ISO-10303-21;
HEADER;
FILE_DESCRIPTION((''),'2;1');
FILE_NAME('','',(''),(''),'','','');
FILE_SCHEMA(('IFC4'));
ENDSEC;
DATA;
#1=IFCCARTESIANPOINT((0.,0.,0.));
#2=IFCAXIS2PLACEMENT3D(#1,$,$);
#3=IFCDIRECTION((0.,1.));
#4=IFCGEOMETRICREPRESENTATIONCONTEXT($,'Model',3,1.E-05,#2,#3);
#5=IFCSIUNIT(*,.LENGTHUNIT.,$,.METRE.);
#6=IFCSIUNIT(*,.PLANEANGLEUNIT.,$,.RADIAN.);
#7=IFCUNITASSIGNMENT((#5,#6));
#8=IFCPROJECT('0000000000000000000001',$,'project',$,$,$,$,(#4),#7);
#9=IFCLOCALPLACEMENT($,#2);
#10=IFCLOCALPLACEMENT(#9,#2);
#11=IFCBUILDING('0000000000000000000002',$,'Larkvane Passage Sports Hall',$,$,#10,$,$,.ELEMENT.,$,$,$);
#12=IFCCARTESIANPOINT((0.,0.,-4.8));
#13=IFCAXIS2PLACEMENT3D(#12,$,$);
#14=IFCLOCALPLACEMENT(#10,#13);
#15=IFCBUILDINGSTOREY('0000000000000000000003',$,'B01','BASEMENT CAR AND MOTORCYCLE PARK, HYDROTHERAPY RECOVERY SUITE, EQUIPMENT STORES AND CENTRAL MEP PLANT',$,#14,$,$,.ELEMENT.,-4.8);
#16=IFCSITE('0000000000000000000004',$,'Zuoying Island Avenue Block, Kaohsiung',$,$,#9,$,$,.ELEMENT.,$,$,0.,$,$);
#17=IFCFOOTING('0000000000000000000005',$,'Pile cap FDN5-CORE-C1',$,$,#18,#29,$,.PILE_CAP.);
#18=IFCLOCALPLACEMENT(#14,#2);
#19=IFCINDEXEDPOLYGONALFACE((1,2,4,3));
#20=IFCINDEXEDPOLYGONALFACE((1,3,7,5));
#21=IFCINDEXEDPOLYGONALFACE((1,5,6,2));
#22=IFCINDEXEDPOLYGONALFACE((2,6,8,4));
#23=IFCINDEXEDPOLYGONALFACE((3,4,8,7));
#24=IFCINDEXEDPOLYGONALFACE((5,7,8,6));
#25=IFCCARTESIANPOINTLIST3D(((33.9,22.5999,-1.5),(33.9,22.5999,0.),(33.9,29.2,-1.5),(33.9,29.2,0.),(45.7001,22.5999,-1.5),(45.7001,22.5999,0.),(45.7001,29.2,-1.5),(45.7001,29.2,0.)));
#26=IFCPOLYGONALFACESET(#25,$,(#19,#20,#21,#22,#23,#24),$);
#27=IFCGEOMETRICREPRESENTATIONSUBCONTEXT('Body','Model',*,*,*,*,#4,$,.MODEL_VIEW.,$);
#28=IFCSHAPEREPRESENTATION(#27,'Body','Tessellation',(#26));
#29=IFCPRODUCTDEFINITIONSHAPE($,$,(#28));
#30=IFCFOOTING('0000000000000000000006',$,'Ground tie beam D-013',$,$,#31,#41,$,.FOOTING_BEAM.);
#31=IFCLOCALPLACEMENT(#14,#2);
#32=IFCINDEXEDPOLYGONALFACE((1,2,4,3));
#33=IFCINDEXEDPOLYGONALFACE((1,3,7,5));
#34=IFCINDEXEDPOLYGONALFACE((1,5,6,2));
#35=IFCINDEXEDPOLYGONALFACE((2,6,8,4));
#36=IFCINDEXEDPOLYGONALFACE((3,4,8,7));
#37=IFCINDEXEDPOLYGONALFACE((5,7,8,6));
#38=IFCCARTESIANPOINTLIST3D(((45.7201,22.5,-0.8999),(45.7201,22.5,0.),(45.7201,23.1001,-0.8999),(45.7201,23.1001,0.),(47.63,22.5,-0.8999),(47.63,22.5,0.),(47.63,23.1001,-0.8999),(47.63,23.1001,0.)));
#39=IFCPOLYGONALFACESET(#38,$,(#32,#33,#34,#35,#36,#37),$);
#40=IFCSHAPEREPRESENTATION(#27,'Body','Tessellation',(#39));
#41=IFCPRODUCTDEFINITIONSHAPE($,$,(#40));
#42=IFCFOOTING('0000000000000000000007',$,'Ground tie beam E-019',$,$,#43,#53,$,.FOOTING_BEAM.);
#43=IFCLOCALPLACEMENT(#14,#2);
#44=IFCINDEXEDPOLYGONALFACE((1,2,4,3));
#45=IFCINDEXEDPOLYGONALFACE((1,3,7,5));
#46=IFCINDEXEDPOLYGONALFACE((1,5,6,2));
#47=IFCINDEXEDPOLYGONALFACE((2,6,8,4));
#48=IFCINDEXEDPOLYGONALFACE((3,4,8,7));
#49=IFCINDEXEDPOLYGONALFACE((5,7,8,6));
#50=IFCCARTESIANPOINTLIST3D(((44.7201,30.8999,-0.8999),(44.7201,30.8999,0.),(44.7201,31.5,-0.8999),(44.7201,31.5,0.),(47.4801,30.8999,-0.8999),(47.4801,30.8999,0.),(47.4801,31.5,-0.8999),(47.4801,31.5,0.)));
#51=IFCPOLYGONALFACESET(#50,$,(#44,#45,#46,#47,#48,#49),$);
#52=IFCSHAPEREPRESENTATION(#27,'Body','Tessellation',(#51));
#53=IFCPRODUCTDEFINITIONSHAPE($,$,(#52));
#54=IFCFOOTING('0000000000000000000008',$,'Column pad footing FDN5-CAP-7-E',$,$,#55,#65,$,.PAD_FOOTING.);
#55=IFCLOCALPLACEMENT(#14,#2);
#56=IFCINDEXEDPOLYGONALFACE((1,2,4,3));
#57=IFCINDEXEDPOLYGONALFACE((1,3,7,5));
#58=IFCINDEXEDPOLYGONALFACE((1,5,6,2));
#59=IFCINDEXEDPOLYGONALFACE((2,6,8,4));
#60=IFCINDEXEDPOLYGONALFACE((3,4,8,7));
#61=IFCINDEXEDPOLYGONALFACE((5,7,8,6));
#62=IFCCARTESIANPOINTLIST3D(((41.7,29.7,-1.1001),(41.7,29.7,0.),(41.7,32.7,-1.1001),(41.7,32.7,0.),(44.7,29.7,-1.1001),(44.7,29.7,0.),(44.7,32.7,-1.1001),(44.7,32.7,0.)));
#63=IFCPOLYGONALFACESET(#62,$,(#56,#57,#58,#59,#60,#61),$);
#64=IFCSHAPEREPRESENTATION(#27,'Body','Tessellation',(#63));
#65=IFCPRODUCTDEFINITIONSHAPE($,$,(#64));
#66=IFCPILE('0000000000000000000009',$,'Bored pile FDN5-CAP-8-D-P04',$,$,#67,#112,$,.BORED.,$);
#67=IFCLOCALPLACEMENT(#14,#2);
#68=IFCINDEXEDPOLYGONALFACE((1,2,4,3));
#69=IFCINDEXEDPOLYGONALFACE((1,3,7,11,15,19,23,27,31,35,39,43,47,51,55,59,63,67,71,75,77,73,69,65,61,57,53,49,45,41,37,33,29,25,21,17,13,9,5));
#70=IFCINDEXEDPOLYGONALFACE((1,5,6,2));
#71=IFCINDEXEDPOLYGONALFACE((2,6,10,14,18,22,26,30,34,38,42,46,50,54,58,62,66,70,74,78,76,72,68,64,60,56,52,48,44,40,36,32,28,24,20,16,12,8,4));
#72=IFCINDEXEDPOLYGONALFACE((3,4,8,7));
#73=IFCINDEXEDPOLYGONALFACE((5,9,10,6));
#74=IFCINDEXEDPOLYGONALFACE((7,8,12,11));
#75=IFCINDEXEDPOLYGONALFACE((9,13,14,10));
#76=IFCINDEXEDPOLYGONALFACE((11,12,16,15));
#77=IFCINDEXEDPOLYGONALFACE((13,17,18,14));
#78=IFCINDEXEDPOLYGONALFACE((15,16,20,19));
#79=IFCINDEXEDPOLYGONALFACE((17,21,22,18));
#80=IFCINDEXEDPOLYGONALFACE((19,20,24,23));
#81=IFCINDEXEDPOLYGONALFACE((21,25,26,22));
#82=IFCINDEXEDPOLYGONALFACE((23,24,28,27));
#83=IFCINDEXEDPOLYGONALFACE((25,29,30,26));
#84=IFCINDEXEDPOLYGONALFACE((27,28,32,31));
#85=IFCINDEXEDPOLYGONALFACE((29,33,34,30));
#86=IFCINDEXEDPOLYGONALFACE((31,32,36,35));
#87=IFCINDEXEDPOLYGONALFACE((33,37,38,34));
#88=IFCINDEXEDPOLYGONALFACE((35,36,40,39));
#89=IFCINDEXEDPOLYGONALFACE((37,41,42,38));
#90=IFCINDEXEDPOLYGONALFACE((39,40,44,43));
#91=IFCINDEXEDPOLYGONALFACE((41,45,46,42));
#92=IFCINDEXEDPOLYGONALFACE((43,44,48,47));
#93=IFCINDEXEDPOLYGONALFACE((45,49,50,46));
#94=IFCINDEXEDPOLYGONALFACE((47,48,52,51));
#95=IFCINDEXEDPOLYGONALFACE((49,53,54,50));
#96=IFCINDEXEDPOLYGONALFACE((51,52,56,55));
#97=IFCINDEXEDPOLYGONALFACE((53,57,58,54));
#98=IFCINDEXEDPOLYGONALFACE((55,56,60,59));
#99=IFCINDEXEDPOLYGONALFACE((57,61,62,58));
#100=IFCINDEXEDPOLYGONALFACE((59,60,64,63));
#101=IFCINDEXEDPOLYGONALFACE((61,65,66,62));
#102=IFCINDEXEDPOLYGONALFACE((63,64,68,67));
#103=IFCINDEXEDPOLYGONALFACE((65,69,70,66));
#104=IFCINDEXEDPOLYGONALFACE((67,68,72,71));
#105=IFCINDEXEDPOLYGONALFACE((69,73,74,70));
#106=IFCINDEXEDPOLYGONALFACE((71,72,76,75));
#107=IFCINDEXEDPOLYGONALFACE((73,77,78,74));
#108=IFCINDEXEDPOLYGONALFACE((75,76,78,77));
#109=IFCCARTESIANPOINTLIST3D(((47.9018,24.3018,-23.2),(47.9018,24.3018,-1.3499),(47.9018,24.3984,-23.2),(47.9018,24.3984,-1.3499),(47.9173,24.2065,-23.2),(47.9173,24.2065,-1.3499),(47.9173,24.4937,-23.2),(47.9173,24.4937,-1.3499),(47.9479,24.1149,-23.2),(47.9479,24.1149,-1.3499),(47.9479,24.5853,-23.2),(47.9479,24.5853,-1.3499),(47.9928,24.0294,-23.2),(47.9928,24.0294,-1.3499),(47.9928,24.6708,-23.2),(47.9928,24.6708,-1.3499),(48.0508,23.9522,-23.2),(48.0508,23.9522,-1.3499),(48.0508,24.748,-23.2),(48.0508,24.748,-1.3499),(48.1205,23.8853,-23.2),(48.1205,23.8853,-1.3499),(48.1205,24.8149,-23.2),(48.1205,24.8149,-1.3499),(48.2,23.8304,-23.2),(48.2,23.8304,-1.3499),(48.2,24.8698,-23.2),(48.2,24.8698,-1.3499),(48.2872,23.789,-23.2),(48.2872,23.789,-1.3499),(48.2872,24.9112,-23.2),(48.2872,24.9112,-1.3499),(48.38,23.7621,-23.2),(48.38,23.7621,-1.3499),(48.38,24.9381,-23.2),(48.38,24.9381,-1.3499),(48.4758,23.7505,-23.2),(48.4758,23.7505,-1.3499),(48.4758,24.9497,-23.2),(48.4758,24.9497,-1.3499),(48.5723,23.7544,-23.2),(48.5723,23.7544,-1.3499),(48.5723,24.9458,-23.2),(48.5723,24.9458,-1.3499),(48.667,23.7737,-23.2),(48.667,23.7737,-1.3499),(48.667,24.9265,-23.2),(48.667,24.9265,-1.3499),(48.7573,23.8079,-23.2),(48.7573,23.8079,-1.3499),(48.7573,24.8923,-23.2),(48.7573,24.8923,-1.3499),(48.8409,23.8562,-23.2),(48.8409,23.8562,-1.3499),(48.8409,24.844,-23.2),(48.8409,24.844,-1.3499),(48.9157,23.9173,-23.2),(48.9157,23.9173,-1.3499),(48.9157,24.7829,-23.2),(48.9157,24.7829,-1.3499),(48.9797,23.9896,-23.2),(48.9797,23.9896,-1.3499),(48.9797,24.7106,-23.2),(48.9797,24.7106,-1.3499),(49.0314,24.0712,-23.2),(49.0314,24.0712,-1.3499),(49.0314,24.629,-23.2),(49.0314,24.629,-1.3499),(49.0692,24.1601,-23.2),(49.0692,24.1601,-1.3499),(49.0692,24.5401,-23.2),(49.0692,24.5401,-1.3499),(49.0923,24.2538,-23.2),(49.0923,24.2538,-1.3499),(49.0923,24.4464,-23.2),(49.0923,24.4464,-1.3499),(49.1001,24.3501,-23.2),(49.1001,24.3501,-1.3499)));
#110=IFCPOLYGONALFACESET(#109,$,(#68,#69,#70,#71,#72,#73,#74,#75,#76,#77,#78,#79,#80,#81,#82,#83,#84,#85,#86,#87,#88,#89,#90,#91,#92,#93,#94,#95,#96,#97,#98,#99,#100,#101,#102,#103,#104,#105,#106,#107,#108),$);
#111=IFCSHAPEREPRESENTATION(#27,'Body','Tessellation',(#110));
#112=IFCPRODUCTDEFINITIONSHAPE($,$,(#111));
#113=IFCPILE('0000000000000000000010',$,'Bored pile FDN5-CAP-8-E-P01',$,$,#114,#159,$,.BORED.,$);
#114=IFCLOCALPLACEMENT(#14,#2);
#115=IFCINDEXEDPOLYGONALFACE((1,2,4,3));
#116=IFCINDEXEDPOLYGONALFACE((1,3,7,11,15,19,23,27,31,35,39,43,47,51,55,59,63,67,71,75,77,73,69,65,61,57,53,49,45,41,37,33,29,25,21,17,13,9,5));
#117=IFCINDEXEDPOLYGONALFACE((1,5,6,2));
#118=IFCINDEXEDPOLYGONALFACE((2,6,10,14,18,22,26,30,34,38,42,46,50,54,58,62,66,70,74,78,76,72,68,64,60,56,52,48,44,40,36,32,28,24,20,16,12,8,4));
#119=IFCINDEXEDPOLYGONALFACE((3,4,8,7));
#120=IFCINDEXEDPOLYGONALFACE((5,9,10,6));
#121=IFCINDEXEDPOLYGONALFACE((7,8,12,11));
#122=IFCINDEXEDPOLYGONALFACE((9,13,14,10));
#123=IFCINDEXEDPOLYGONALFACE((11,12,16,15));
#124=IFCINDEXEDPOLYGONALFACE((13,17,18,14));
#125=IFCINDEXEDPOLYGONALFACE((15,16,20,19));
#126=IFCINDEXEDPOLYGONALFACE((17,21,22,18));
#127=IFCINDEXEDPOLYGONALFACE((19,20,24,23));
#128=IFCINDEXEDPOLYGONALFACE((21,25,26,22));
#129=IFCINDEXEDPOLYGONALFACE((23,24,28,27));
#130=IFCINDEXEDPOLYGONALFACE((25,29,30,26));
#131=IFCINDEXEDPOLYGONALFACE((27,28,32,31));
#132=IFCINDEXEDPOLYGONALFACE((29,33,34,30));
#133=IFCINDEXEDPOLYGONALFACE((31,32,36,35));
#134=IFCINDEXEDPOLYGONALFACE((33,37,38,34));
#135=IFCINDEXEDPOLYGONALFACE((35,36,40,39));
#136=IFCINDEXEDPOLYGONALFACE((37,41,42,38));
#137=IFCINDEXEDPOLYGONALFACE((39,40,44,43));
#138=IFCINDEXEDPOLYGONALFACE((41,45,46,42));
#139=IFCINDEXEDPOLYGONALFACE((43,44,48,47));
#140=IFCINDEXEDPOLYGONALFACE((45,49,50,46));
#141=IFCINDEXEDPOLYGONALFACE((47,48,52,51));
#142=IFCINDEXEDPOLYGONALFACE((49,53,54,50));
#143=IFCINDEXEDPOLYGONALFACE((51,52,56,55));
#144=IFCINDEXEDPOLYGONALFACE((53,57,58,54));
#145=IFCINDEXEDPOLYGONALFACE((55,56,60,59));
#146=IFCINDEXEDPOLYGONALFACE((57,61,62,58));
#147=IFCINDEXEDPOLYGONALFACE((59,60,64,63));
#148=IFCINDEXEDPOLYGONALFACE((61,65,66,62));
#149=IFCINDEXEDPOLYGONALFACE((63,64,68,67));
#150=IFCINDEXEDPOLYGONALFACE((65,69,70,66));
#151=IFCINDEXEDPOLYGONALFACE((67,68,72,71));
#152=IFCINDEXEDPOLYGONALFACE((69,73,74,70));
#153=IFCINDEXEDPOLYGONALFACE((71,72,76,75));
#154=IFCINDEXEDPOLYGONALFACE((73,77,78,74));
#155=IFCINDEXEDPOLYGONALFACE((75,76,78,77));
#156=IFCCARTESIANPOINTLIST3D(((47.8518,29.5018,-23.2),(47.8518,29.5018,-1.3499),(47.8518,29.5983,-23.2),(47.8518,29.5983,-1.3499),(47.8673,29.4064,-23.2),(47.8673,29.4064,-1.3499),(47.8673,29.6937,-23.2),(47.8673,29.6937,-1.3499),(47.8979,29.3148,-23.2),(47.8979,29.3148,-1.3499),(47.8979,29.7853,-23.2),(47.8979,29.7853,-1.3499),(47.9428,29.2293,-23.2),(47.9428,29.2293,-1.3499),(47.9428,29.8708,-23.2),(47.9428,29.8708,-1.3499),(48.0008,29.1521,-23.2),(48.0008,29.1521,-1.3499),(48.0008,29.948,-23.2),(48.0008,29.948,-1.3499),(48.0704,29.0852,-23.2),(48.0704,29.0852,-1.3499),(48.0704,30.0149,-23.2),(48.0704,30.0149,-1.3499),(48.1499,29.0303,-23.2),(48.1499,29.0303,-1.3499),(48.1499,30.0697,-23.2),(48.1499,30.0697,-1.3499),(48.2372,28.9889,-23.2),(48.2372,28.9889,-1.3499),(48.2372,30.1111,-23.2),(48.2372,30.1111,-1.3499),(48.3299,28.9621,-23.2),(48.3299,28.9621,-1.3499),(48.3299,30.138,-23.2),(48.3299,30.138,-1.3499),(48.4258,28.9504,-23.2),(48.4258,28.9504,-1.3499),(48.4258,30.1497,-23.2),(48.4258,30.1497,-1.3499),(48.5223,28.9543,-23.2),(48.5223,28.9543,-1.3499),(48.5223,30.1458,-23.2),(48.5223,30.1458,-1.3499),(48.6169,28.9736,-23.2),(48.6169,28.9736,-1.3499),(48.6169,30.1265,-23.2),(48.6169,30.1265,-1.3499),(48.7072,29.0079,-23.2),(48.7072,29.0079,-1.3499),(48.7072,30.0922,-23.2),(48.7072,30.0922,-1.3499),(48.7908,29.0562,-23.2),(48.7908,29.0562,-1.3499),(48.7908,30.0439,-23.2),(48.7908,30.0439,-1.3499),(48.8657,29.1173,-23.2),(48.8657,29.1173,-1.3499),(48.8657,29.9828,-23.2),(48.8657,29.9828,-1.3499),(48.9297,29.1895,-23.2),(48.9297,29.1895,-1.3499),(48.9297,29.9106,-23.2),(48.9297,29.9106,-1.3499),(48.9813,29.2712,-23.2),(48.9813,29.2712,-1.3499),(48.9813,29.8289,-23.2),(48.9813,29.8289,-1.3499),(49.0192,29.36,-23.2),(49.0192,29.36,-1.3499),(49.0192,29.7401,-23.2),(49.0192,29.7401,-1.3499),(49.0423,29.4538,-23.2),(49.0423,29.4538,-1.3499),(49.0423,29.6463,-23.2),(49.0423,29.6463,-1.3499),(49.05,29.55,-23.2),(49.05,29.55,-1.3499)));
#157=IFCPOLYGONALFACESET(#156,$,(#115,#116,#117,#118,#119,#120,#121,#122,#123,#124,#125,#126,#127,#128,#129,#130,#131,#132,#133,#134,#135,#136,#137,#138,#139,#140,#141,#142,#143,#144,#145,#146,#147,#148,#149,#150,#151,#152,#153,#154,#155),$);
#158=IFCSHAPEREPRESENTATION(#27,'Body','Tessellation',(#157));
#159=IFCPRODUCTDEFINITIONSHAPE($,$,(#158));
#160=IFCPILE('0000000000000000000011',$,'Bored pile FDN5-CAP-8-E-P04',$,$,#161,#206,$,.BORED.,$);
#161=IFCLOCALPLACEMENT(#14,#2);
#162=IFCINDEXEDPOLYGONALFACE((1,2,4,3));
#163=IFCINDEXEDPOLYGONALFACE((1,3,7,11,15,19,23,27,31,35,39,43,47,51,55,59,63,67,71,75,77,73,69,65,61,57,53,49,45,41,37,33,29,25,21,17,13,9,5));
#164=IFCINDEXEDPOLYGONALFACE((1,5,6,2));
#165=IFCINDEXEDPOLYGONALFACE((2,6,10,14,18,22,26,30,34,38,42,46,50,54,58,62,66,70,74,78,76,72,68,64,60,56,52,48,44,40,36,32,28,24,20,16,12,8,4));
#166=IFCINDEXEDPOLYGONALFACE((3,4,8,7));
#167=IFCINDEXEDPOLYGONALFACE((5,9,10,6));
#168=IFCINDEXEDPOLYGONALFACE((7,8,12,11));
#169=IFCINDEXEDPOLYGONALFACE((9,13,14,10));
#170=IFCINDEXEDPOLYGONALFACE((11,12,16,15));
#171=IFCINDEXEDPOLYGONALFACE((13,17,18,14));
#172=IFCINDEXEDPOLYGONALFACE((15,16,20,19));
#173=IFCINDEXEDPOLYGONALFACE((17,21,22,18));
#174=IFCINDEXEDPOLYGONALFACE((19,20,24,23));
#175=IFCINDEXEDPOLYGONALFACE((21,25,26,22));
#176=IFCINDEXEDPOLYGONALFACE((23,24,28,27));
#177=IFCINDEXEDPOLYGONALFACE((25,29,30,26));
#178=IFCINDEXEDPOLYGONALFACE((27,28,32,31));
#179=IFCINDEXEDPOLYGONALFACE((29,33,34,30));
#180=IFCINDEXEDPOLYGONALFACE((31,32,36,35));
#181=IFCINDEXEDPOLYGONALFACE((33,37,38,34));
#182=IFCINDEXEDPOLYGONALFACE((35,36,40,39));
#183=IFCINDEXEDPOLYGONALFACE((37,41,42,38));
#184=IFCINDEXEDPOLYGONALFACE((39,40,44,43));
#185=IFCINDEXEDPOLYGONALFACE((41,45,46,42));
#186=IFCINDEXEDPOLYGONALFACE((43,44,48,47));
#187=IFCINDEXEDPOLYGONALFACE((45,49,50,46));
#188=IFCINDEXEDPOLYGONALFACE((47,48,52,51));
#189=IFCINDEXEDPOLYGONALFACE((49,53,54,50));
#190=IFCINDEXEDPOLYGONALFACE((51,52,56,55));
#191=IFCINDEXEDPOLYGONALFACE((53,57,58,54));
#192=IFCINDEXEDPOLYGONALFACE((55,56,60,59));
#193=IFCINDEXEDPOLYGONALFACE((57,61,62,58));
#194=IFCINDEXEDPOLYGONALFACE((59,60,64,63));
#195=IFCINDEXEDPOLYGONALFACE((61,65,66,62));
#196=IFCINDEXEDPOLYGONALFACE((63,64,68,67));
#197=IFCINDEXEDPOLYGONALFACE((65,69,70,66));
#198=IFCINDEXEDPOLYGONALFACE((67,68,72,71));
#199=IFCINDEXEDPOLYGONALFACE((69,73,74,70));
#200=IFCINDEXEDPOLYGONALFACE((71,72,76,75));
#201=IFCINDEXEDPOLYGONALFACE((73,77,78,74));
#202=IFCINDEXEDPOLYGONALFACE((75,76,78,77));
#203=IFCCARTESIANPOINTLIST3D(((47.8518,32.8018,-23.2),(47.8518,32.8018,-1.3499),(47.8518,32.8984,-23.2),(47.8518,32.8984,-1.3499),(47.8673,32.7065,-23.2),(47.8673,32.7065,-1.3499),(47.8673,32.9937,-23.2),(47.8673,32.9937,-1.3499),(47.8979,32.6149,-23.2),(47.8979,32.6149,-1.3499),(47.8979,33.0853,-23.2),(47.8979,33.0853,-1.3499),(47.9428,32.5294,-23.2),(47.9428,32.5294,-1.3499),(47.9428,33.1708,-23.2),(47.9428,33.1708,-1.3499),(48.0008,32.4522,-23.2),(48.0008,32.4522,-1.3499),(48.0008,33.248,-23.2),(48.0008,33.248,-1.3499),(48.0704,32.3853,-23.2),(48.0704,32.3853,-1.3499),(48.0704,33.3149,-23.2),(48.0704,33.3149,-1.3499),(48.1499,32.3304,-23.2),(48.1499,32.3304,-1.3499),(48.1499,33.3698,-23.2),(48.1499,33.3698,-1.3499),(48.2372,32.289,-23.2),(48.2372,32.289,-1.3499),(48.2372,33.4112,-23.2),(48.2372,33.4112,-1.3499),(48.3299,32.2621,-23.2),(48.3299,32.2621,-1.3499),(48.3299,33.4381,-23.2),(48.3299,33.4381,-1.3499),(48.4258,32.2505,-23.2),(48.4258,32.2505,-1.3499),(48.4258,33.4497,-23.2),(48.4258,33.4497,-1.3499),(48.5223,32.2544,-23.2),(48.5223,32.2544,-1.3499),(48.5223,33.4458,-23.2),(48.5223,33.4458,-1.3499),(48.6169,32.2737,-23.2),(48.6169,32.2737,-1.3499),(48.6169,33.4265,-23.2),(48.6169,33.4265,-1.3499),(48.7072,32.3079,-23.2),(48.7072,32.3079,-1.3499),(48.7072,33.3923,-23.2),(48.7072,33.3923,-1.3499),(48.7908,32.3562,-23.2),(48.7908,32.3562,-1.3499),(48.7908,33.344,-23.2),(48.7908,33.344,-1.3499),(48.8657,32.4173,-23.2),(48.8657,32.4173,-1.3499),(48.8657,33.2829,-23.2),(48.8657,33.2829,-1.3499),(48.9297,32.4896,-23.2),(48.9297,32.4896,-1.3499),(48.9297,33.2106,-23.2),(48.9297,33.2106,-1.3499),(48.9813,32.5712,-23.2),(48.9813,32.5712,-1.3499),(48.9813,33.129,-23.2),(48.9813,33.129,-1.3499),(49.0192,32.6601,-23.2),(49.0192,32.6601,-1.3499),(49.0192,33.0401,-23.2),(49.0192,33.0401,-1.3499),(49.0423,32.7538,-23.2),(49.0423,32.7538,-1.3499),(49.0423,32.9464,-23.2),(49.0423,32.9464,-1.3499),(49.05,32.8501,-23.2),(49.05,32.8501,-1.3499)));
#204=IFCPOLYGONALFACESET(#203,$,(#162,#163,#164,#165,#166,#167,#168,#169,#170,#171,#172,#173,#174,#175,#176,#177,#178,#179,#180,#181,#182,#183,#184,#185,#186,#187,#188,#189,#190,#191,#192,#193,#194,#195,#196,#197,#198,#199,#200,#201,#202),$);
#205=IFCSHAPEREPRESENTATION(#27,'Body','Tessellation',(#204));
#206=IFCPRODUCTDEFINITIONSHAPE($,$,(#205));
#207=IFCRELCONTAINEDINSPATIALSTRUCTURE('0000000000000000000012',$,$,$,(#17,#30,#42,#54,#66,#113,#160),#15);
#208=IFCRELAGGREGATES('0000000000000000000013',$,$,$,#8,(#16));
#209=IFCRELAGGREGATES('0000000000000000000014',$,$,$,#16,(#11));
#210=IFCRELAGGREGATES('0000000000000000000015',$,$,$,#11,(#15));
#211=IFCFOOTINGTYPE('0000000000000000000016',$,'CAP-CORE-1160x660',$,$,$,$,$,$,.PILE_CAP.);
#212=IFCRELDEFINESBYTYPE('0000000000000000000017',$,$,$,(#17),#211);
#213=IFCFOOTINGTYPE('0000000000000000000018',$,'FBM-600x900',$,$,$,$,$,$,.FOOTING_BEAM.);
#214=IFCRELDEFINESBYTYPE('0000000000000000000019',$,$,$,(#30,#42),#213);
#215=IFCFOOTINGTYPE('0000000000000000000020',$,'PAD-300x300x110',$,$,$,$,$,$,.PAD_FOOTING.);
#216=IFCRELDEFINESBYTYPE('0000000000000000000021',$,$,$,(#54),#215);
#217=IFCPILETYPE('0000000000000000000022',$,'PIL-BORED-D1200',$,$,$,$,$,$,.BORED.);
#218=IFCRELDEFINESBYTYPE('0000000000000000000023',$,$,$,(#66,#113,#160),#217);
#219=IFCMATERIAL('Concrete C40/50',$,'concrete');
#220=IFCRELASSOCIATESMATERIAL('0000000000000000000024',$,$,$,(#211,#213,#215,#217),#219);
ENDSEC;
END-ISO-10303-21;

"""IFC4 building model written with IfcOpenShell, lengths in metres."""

from ifc_helpers import new_model, si_unit, direction, frame, origin, origin_2d, place, context, subcontext, project, spatial, rectangle, circle, extrude, material, material_profile, profile_set, type_object, element, save


model = new_model("IFC4")

# Units and contexts
model_context = context("Model", 3, precision=1e-05, world=origin(), true_north=direction((0.0, 1.0)))
body_context = subcontext(model_context, "Body", "Model", "MODEL_VIEW")
ifc_project = project(units=[si_unit("LENGTHUNIT", "METRE"), si_unit("PLANEANGLEUNIT", "RADIAN")], contexts=[model_context])

# Site, building, storey
site_placement = place(None, origin())
site = spatial("IfcSite", under=ifc_project, at=site_placement, Name="Zuoying Island Avenue Block, Kaohsiung", CompositionType="ELEMENT", RefElevation=0.0)
building_placement = place(site_placement, origin())
building = spatial("IfcBuilding", under=site, at=building_placement, Name="Larkvane Passage Sports Hall", CompositionType="ELEMENT")
storey_placement = place(building_placement, frame((0.0, 0.0, -4.8)))
storey = spatial("IfcBuildingStorey", under=building, at=storey_placement, Name="B01", Description="BASEMENT CAR AND MOTORCYCLE PARK, HYDROTHERAPY RECOVERY SUITE, EQUIPMENT STORES AND CENTRAL MEP PLANT", CompositionType="ELEMENT", Elevation=-4.8)

# Footings
ifc_material_1 = material(Name="Concrete C40/50", Category="concrete")
footing_type_1 = type_object("IfcFootingType", Name="CAP-CORE-1160x660", PredefinedType="PILE_CAP", material=ifc_material_1)
footing_1_placement = place(storey_placement, frame((39.8, 25.8999, -1.5), z_axis=(0.0, 0.0, 1.0), x_axis=(1.0, 0.0, 0.0)))
element("IfcFooting", 1, at=footing_1_placement, inside=storey, type_object=footing_type_1, Name="Pile cap FDN5-CORE-C1", PredefinedType="PILE_CAP", context=body_context, shape_type="SweptSolid", body=[
    extrude(rectangle(XDim=11.8, YDim=6.6001, at=origin_2d()), origin(), (0.0, 0.0, 1.0), 1.5),
])
footing_type_2 = type_object("IfcFootingType", Name="FBM-600x900", PredefinedType="FOOTING_BEAM", material=ifc_material_1)
footing_2_placement = place(storey_placement, frame((46.675, 22.8, -0.8999), z_axis=(0.0, 0.0, 1.0), x_axis=(1.0, 0.0, 0.0)))
element("IfcFooting", 2, at=footing_2_placement, inside=storey, type_object=footing_type_2, Name="Ground tie beam D-013", PredefinedType="FOOTING_BEAM", context=body_context, shape_type="SweptSolid", body=[
    extrude(rectangle(XDim=1.9099, YDim=0.6001, at=origin_2d()), origin(), (0.0, 0.0, 1.0), 0.8999),
])
footing_3_placement = place(storey_placement, frame((46.1001, 31.2, -0.8999), z_axis=(0.0, 0.0, 1.0), x_axis=(1.0, 0.0, 0.0)))
element("IfcFooting", 3, at=footing_3_placement, inside=storey, type_object=footing_type_2, Name="Ground tie beam E-019", PredefinedType="FOOTING_BEAM", context=body_context, shape_type="SweptSolid", body=[
    extrude(rectangle(XDim=2.76, YDim=0.6001, at=origin_2d()), origin(), (0.0, 0.0, 1.0), 0.8999),
])
footing_type_3 = type_object("IfcFootingType", Name="PAD-300x300x110", PredefinedType="PAD_FOOTING", material=ifc_material_1)
footing_4_placement = place(storey_placement, frame((43.2, 31.2, -1.1001), z_axis=(0.0, 0.0, 1.0), x_axis=(1.0, 0.0, 0.0)))
element("IfcFooting", 4, at=footing_4_placement, inside=storey, type_object=footing_type_3, Name="Column pad footing FDN5-CAP-7-E", PredefinedType="PAD_FOOTING", context=body_context, shape_type="SweptSolid", body=[
    extrude(rectangle(XDim=3.0, YDim=3.0, at=origin_2d()), origin(), (0.0, 0.0, 1.0), 1.1001),
])

# Piles
ifc_material_profile_1 = material_profile(ifc_material_1, circle(Radius=0.6001, at=origin_2d()), Name="PILE-D1200")
ifc_profile_set_1 = profile_set([ifc_material_profile_1], Name="Concrete C40/50")
pile_type_1 = type_object("IfcPileType", Name="PIL-BORED-D1200", PredefinedType="BORED", material=ifc_profile_set_1)
for number, where, z_axis, x_axis, name in (
    (5, (48.5, 24.3501, -1.3499), (0.0, 0.0, -1.0), (1.0, 0.0, 0.0), "Bored pile FDN5-CAP-8-D-P04"),
    (6, (48.45, 29.55, -1.3499), (0.0, 0.0, -1.0), (1.0, 0.0, 0.0), "Bored pile FDN5-CAP-8-E-P01"),
    (7, (48.45, 32.8501, -1.3499), (0.0, 0.0, -1.0), (1.0, 0.0, 0.0), "Bored pile FDN5-CAP-8-E-P04"),
):
    element("IfcPile", number, at=place(storey_placement, frame(where, z_axis=z_axis, x_axis=x_axis)), inside=storey, type_object=pile_type_1, Name=name, PredefinedType="BORED", context=body_context, shape_type="SweptSolid", body=[
        extrude(circle(Radius=0.6001, at=origin_2d()), origin(), (0.0, 0.0, 1.0), 21.8501),
    ])

save(model, "model.ifc")
